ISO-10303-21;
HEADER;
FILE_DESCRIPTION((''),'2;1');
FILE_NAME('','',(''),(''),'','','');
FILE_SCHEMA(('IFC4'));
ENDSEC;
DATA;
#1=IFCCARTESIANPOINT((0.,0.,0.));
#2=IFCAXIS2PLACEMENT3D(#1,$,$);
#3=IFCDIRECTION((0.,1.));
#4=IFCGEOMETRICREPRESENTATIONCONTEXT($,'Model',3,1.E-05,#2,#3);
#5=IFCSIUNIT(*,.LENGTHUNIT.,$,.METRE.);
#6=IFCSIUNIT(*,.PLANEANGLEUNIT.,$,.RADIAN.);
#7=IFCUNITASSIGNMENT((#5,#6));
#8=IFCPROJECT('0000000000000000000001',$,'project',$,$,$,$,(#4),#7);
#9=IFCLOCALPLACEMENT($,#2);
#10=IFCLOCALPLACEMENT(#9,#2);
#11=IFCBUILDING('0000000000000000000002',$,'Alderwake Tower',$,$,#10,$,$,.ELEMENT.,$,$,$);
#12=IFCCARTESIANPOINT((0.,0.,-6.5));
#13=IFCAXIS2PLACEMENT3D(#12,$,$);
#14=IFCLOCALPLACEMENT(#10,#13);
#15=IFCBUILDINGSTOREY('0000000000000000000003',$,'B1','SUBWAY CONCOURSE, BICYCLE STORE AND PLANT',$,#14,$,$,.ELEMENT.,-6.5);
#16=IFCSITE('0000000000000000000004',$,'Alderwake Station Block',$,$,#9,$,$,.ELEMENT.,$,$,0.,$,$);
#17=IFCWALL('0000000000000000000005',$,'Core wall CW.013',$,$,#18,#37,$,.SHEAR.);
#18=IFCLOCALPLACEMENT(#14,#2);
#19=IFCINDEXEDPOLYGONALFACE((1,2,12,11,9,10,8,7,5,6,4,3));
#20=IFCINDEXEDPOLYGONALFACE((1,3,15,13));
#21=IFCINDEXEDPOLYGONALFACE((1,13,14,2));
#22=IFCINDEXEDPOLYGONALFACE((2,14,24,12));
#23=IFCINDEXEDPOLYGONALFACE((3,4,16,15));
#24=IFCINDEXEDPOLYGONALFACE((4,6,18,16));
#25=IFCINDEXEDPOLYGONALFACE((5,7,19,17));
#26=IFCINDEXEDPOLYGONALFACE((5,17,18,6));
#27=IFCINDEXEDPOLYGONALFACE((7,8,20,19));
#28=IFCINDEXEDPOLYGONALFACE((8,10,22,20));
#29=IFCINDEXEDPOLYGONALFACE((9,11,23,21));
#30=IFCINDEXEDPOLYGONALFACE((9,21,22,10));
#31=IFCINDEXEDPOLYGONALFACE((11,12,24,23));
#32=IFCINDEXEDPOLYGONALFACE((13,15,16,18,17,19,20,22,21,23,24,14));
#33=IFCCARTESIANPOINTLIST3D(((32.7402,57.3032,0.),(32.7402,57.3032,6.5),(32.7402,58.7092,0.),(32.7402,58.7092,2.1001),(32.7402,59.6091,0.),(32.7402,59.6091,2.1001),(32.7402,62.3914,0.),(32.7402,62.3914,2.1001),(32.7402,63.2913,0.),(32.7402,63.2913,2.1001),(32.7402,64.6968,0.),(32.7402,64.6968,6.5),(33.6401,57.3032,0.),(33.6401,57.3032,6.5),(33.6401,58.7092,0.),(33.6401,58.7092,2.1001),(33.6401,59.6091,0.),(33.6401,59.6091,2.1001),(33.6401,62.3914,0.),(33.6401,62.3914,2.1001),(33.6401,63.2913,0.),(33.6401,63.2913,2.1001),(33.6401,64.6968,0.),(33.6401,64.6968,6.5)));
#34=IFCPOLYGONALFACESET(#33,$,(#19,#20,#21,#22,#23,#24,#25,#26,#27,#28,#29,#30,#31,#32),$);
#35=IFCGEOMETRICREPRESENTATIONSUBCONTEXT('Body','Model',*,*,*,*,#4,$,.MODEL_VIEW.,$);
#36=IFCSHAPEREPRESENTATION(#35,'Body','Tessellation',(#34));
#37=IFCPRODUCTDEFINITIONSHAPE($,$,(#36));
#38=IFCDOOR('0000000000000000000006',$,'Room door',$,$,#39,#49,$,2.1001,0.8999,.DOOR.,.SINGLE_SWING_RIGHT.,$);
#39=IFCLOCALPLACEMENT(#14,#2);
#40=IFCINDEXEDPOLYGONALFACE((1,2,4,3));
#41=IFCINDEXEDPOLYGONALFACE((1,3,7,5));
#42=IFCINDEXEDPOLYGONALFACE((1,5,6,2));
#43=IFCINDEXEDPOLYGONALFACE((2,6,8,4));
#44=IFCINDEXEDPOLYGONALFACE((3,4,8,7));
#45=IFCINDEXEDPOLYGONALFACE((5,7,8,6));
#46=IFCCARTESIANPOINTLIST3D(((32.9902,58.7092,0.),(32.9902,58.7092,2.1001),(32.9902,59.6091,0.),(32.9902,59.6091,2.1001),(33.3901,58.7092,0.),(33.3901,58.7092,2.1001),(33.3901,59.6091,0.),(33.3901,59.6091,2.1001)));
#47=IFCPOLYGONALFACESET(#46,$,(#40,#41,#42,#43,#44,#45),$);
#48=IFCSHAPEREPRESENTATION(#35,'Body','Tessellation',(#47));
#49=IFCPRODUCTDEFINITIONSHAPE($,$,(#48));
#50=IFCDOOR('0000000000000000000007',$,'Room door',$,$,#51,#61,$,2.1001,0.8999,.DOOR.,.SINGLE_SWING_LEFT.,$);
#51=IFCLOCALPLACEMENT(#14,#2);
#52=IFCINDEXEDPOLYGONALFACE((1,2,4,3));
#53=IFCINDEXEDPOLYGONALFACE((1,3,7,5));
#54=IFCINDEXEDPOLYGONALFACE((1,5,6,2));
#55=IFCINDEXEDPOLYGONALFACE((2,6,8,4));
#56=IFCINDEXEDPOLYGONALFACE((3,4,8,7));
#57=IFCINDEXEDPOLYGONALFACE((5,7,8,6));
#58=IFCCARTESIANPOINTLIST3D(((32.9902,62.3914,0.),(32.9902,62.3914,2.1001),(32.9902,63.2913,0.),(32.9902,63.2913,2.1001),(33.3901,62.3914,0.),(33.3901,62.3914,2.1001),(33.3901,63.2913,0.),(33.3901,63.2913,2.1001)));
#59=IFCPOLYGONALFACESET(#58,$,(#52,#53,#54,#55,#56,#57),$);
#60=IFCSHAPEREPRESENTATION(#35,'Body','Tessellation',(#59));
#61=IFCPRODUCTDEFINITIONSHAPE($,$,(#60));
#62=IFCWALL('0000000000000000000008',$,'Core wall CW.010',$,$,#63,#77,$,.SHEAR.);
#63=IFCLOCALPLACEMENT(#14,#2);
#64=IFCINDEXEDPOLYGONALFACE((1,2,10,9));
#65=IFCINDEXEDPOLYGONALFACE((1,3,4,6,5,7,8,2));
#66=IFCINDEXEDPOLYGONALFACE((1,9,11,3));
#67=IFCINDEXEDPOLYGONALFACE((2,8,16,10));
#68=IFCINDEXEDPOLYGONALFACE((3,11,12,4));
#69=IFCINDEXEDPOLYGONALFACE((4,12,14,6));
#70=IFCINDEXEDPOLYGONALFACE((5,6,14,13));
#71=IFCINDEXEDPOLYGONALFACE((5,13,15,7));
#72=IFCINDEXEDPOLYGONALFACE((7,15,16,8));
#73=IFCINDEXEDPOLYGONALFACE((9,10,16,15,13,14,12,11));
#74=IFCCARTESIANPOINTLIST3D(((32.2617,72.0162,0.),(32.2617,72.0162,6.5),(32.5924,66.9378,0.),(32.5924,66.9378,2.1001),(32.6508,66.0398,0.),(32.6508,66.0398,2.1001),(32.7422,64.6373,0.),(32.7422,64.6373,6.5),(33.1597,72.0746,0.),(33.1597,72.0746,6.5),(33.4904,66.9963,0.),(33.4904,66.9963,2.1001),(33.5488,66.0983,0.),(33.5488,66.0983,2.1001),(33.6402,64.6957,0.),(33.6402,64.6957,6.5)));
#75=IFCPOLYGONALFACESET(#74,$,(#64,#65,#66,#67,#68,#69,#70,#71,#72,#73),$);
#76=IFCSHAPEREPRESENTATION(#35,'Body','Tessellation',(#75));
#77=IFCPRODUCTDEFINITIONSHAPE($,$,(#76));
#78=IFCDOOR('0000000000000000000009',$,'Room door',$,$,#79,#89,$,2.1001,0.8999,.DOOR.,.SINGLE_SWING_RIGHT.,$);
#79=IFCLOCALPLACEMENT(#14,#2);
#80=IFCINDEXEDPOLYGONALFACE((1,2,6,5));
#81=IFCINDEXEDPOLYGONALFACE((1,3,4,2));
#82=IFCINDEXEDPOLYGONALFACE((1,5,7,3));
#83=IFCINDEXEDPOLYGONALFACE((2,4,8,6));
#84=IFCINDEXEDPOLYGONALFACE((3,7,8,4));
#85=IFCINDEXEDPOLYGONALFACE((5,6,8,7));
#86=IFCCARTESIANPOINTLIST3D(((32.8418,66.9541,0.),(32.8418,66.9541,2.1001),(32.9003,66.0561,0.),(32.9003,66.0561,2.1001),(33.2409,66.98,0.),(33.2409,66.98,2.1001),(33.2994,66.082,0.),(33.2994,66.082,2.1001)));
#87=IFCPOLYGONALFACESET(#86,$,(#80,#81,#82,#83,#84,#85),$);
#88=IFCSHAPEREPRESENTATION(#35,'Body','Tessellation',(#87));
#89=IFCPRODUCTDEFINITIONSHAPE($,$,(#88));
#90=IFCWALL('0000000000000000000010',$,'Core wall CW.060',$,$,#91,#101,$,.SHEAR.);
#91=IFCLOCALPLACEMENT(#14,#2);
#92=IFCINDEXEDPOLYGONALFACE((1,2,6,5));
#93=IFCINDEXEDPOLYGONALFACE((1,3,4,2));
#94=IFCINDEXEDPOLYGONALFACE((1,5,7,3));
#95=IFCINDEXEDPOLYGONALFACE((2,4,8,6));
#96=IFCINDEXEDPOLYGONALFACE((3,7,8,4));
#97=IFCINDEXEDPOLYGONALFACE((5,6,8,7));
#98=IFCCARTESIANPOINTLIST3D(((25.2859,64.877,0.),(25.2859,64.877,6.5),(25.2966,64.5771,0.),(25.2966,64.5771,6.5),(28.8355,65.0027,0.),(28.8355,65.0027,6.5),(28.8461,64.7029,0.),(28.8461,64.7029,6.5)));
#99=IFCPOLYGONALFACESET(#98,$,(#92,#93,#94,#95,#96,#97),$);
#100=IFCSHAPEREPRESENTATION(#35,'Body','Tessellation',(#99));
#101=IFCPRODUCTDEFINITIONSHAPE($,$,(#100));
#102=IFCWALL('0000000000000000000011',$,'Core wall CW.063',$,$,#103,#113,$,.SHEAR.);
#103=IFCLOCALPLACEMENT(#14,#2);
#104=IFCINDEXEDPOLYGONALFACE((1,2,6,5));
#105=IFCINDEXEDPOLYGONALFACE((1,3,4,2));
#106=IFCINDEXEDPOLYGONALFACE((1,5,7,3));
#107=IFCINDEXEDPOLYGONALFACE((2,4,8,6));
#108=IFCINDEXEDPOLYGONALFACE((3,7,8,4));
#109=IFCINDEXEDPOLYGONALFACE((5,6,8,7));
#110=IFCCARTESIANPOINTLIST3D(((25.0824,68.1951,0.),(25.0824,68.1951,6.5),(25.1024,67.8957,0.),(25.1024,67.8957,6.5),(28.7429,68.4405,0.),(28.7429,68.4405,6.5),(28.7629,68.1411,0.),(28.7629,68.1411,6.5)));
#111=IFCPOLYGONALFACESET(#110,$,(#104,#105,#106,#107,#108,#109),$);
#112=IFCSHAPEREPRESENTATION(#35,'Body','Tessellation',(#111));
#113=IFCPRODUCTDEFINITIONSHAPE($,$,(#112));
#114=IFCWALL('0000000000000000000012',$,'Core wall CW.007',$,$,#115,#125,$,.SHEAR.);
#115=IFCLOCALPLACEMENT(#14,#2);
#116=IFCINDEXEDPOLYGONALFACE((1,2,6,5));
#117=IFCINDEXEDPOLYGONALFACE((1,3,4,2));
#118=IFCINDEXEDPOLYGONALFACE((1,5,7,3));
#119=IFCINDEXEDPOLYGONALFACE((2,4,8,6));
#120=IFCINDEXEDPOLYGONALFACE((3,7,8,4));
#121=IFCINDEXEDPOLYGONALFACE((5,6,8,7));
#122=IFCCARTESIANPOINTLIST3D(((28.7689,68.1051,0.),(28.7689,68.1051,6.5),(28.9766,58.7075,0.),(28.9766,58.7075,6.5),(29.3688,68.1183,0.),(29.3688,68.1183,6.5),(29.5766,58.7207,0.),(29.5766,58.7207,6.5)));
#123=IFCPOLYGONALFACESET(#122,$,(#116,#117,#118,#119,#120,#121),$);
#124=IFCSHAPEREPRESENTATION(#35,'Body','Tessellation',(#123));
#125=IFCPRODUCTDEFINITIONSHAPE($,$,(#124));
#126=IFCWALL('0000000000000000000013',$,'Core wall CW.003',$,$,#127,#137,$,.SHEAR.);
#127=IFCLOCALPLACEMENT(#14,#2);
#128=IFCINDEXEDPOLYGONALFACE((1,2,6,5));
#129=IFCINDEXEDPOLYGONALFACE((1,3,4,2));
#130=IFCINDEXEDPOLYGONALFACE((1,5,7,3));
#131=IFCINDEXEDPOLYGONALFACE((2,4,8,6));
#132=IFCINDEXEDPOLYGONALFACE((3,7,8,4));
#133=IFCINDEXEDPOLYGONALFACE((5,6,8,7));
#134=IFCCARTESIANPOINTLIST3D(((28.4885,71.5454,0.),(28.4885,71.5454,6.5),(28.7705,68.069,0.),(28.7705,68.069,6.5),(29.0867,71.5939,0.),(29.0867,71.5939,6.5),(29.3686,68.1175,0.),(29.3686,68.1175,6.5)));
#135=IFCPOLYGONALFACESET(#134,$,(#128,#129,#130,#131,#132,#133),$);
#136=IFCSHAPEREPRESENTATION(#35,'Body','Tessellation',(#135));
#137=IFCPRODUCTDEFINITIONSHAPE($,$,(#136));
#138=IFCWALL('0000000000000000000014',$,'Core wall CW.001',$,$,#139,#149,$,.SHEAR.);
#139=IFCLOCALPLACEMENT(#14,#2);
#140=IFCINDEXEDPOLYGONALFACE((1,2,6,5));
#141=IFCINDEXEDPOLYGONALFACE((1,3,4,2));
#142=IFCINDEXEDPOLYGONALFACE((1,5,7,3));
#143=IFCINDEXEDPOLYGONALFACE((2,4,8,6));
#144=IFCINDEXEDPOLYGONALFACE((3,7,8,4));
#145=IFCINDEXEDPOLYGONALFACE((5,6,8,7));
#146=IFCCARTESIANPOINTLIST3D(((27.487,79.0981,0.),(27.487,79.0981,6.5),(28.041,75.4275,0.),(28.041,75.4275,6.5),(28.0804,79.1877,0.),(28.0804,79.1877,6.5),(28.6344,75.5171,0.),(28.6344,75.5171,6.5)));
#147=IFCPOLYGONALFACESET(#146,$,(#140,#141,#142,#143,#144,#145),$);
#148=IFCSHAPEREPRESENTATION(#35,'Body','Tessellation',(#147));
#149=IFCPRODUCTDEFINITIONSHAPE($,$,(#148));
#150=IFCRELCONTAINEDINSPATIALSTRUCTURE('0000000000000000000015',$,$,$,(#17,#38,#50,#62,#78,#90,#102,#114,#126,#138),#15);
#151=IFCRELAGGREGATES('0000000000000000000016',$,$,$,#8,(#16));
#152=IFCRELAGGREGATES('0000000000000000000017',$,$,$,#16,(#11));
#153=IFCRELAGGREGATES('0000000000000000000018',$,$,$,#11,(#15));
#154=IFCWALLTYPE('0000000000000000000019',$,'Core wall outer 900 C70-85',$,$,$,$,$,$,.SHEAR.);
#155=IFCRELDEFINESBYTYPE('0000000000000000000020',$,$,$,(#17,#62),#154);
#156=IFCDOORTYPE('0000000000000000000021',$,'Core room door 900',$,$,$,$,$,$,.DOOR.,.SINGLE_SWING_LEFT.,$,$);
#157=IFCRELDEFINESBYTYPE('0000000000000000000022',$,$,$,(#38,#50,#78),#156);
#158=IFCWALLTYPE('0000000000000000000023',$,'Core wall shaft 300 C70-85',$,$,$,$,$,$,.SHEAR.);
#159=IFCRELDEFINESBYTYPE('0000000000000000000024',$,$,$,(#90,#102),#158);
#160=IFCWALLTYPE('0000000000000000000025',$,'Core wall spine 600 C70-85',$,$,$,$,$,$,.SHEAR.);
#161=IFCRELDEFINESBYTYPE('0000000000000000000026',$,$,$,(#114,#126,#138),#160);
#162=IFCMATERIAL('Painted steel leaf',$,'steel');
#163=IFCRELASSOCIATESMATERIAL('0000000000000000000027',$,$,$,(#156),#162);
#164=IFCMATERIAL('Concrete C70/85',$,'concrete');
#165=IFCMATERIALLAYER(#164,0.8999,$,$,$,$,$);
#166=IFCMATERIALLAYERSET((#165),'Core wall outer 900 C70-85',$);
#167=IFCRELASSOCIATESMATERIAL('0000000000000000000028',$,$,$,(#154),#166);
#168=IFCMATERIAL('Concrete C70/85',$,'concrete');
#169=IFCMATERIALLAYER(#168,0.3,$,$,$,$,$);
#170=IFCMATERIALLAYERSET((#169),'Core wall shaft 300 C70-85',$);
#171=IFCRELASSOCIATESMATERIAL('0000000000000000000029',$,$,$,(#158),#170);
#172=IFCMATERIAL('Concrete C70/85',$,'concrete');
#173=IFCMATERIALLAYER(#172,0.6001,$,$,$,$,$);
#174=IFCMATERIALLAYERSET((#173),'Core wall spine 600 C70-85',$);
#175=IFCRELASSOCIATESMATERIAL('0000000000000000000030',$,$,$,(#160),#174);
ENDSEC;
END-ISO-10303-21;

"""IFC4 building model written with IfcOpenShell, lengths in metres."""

from ifc_helpers import new_model, si_unit, direction, frame, frame_2d, origin, place, context, subcontext, project, spatial, rectangle, extrude, material, layer, layer_set, type_object, element, fill, save


model = new_model("IFC4")

# Units and contexts
model_context = context("Model", 3, precision=1e-05, world=origin(), true_north=direction((0.0, 1.0)))
body_context = subcontext(model_context, "Body", "Model", "MODEL_VIEW")
ifc_project = project(units=[si_unit("LENGTHUNIT", "METRE"), si_unit("PLANEANGLEUNIT", "RADIAN")], contexts=[model_context])

# Site, building, storey
site_placement = place(None, origin())
site = spatial("IfcSite", under=ifc_project, at=site_placement, Name="Alderwake Station Block", CompositionType="ELEMENT", RefElevation=0.0)
building_placement = place(site_placement, origin())
building = spatial("IfcBuilding", under=site, at=building_placement, Name="Alderwake Tower", CompositionType="ELEMENT")
storey_placement = place(building_placement, frame((0.0, 0.0, -6.5)))
storey = spatial("IfcBuildingStorey", under=building, at=storey_placement, Name="B1", Description="SUBWAY CONCOURSE, BICYCLE STORE AND PLANT", CompositionType="ELEMENT", Elevation=-6.5)

# Wall, openings, doors
ifc_material_1 = material(Name="Painted steel leaf", Category="steel")
door_type_1 = type_object("IfcDoorType", Name="Core room door 900", OperationType="SINGLE_SWING_LEFT", PredefinedType="DOOR", material=ifc_material_1)
ifc_material_2 = material(Name="Concrete C70/85", Category="concrete")
ifc_layer_1 = layer(ifc_material_2, 0.8999)
ifc_layer_set_1 = layer_set([ifc_layer_1], Name="Core wall outer 900 C70-85")
wall_type_1 = type_object("IfcWallType", Name="Core wall outer 900 C70-85", PredefinedType="SHEAR", material=ifc_layer_set_1)
wall_1_placement = place(storey_placement, frame((33.1902, 64.6968, 0.0), z_axis=(0.0, 0.0, 1.0), x_axis=(0.0, -1.0, 0.0)))
wall_1 = element("IfcWall", 1, at=wall_1_placement, inside=storey, type_object=wall_type_1, Name="Core wall CW.013", PredefinedType="SHEAR", context=body_context, shape_type="SweptSolid", body=[
    extrude(rectangle(XDim=7.3936, YDim=0.8999, at=frame_2d((3.6968, 0.0))), origin(), (0.0, 0.0, 1.0), 6.5),
])
opening_1_placement = place(wall_1_placement, frame((5.0876, 0.0, 0.0)))
opening_1 = element("IfcOpeningElement", 2, at=opening_1_placement, cuts=wall_1, PredefinedType="OPENING", context=body_context, shape_type="SweptSolid", body=[
    extrude(rectangle(XDim=0.8999, YDim=2.1001, at=frame_2d((0.45, 1.05))), frame((0.0, 0.46, 0.0), z_axis=(0.0, -1.0, 0.0), x_axis=(1.0, 0.0, 0.0)), (0.0, 0.0, 1.0), 0.9199),
])
opening_2_placement = place(wall_1_placement, frame((1.4055, 0.0, 0.0)))
opening_2 = element("IfcOpeningElement", 3, at=opening_2_placement, cuts=wall_1, PredefinedType="OPENING", context=body_context, shape_type="SweptSolid", body=[
    extrude(rectangle(XDim=0.8999, YDim=2.1001, at=frame_2d((0.45, 1.05))), frame((0.0, 0.46, 0.0), z_axis=(0.0, -1.0, 0.0), x_axis=(1.0, 0.0, 0.0)), (0.0, 0.0, 1.0), 0.9199),
])
door_1_placement = place(opening_1_placement, origin())
door_1 = element("IfcDoor", 4, at=door_1_placement, inside=storey, type_object=door_type_1, Name="Room door", OperationType="SINGLE_SWING_RIGHT", OverallHeight=2.1001, OverallWidth=0.8999, PredefinedType="DOOR", context=body_context, shape_type="SweptSolid", body=[
    extrude(rectangle(XDim=0.8999, YDim=2.1001, at=frame_2d((0.45, 1.05))), frame((0.0, 0.2, 0.0), z_axis=(0.0, -1.0, 0.0), x_axis=(1.0, 0.0, 0.0)), (0.0, 0.0, 1.0), 0.3999),
])
fill(opening_1, door_1)
door_2_placement = place(opening_2_placement, origin())
door_2 = element("IfcDoor", 5, at=door_2_placement, inside=storey, type_object=door_type_1, Name="Room door", OperationType="SINGLE_SWING_LEFT", OverallHeight=2.1001, OverallWidth=0.8999, PredefinedType="DOOR", context=body_context, shape_type="SweptSolid", body=[
    extrude(rectangle(XDim=0.8999, YDim=2.1001, at=frame_2d((0.45, 1.05))), frame((0.0, 0.2, 0.0), z_axis=(0.0, -1.0, 0.0), x_axis=(1.0, 0.0, 0.0)), (0.0, 0.0, 1.0), 0.3999),
])
fill(opening_2, door_2)

# Wall, opening, door
wall_2_placement = place(storey_placement, frame((32.7107, 72.0454, 0.0), z_axis=(0.0, 0.0, 1.0), x_axis=(0.064976, -0.997887, 0.0)))
wall_2 = element("IfcWall", 6, at=wall_2_placement, inside=storey, type_object=wall_type_1, Name="Core wall CW.010", PredefinedType="SHEAR", context=body_context, shape_type="SweptSolid", body=[
    extrude(rectangle(XDim=7.3945, YDim=0.8999, at=frame_2d((3.6973, 0.0))), origin(), (0.0, 0.0, 1.0), 6.5),
])
opening_3_placement = place(wall_2_placement, frame((5.0891, 0.0, 0.0)))
opening_3 = element("IfcOpeningElement", 7, at=opening_3_placement, cuts=wall_2, PredefinedType="OPENING", context=body_context, shape_type="SweptSolid", body=[
    extrude(rectangle(XDim=0.8999, YDim=2.1001, at=frame_2d((0.45, 1.05))), frame((0.0, 0.46, 0.0), z_axis=(0.0, -1.0, 0.0), x_axis=(1.0, 0.0, 0.0)), (0.0, 0.0, 1.0), 0.9199),
])
door_3_placement = place(opening_3_placement, origin())
door_3 = element("IfcDoor", 8, at=door_3_placement, inside=storey, type_object=door_type_1, Name="Room door", OperationType="SINGLE_SWING_RIGHT", OverallHeight=2.1001, OverallWidth=0.8999, PredefinedType="DOOR", context=body_context, shape_type="SweptSolid", body=[
    extrude(rectangle(XDim=0.8999, YDim=2.1001, at=frame_2d((0.45, 1.05))), frame((0.0, 0.2, 0.0), z_axis=(0.0, -1.0, 0.0), x_axis=(1.0, 0.0, 0.0)), (0.0, 0.0, 1.0), 0.3999),
])
fill(opening_3, door_3)

# Walls
ifc_material_3 = material(Name="Concrete C70/85", Category="concrete")
ifc_layer_2 = layer(ifc_material_3, 0.3)
ifc_layer_set_2 = layer_set([ifc_layer_2], Name="Core wall shaft 300 C70-85")
wall_type_2 = type_object("IfcWallType", Name="Core wall shaft 300 C70-85", PredefinedType="SHEAR", material=ifc_layer_set_2)
wall_3_placement = place(storey_placement, frame((25.2913, 64.7271, 0.0), z_axis=(0.0, 0.0, 1.0), x_axis=(0.999373, 0.0354, 0.0)))
element("IfcWall", 9, at=wall_3_placement, inside=storey, type_object=wall_type_2, Name="Core wall CW.060", PredefinedType="SHEAR", context=body_context, shape_type="SweptSolid", body=[
    extrude(rectangle(XDim=3.5518, YDim=0.3, at=frame_2d((1.7759, 0.0))), origin(), (0.0, 0.0, 1.0), 6.5),
])
wall_4_placement = place(storey_placement, frame((25.0923, 68.0454, 0.0), z_axis=(0.0, 0.0, 1.0), x_axis=(0.997761, 0.066881, 0.0)))
element("IfcWall", 10, at=wall_4_placement, inside=storey, type_object=wall_type_2, Name="Core wall CW.063", PredefinedType="SHEAR", context=body_context, shape_type="SweptSolid", body=[
    extrude(rectangle(XDim=3.6687, YDim=0.3, at=frame_2d((1.8345, 0.0))), origin(), (0.0, 0.0, 1.0), 6.5),
])
ifc_material_4 = material(Name="Concrete C70/85", Category="concrete")
ifc_layer_3 = layer(ifc_material_4, 0.6001)
ifc_layer_set_3 = layer_set([ifc_layer_3], Name="Core wall spine 600 C70-85")
wall_type_3 = type_object("IfcWallType", Name="Core wall spine 600 C70-85", PredefinedType="SHEAR", material=ifc_layer_set_3)
wall_5_placement = place(storey_placement, frame((29.2766, 58.7141, 0.0), z_axis=(0.0, 0.0, 1.0), x_axis=(-0.022103, 0.999756, 0.0)))
element("IfcWall", 11, at=wall_5_placement, inside=storey, type_object=wall_type_3, Name="Core wall CW.007", PredefinedType="SHEAR", context=body_context, shape_type="SweptSolid", body=[
    extrude(rectangle(XDim=9.3999, YDim=0.6001, at=frame_2d((4.7, 0.0))), origin(), (0.0, 0.0, 1.0), 6.5),
])
wall_6_placement = place(storey_placement, frame((29.0696, 68.0933, 0.0), z_axis=(0.0, 0.0, 1.0), x_axis=(-0.08085, 0.996726, 0.0)))
element("IfcWall", 12, at=wall_6_placement, inside=storey, type_object=wall_type_3, Name="Core wall CW.003", PredefinedType="SHEAR", context=body_context, shape_type="SweptSolid", body=[
    extrude(rectangle(XDim=3.4878, YDim=0.6001, at=frame_2d((1.7439, 0.0))), origin(), (0.0, 0.0, 1.0), 6.5),
])
wall_7_placement = place(storey_placement, frame((28.3376, 75.4724, 0.0), z_axis=(0.0, 0.0, 1.0), x_axis=(-0.149225, 0.988803, 0.0)))
element("IfcWall", 13, at=wall_7_placement, inside=storey, type_object=wall_type_3, Name="Core wall CW.001", PredefinedType="SHEAR", context=body_context, shape_type="SweptSolid", body=[
    extrude(rectangle(XDim=3.7122, YDim=0.6001, at=frame_2d((1.856, 0.0))), origin(), (0.0, 0.0, 1.0), 6.5),
])

save(model, "model.ifc")
